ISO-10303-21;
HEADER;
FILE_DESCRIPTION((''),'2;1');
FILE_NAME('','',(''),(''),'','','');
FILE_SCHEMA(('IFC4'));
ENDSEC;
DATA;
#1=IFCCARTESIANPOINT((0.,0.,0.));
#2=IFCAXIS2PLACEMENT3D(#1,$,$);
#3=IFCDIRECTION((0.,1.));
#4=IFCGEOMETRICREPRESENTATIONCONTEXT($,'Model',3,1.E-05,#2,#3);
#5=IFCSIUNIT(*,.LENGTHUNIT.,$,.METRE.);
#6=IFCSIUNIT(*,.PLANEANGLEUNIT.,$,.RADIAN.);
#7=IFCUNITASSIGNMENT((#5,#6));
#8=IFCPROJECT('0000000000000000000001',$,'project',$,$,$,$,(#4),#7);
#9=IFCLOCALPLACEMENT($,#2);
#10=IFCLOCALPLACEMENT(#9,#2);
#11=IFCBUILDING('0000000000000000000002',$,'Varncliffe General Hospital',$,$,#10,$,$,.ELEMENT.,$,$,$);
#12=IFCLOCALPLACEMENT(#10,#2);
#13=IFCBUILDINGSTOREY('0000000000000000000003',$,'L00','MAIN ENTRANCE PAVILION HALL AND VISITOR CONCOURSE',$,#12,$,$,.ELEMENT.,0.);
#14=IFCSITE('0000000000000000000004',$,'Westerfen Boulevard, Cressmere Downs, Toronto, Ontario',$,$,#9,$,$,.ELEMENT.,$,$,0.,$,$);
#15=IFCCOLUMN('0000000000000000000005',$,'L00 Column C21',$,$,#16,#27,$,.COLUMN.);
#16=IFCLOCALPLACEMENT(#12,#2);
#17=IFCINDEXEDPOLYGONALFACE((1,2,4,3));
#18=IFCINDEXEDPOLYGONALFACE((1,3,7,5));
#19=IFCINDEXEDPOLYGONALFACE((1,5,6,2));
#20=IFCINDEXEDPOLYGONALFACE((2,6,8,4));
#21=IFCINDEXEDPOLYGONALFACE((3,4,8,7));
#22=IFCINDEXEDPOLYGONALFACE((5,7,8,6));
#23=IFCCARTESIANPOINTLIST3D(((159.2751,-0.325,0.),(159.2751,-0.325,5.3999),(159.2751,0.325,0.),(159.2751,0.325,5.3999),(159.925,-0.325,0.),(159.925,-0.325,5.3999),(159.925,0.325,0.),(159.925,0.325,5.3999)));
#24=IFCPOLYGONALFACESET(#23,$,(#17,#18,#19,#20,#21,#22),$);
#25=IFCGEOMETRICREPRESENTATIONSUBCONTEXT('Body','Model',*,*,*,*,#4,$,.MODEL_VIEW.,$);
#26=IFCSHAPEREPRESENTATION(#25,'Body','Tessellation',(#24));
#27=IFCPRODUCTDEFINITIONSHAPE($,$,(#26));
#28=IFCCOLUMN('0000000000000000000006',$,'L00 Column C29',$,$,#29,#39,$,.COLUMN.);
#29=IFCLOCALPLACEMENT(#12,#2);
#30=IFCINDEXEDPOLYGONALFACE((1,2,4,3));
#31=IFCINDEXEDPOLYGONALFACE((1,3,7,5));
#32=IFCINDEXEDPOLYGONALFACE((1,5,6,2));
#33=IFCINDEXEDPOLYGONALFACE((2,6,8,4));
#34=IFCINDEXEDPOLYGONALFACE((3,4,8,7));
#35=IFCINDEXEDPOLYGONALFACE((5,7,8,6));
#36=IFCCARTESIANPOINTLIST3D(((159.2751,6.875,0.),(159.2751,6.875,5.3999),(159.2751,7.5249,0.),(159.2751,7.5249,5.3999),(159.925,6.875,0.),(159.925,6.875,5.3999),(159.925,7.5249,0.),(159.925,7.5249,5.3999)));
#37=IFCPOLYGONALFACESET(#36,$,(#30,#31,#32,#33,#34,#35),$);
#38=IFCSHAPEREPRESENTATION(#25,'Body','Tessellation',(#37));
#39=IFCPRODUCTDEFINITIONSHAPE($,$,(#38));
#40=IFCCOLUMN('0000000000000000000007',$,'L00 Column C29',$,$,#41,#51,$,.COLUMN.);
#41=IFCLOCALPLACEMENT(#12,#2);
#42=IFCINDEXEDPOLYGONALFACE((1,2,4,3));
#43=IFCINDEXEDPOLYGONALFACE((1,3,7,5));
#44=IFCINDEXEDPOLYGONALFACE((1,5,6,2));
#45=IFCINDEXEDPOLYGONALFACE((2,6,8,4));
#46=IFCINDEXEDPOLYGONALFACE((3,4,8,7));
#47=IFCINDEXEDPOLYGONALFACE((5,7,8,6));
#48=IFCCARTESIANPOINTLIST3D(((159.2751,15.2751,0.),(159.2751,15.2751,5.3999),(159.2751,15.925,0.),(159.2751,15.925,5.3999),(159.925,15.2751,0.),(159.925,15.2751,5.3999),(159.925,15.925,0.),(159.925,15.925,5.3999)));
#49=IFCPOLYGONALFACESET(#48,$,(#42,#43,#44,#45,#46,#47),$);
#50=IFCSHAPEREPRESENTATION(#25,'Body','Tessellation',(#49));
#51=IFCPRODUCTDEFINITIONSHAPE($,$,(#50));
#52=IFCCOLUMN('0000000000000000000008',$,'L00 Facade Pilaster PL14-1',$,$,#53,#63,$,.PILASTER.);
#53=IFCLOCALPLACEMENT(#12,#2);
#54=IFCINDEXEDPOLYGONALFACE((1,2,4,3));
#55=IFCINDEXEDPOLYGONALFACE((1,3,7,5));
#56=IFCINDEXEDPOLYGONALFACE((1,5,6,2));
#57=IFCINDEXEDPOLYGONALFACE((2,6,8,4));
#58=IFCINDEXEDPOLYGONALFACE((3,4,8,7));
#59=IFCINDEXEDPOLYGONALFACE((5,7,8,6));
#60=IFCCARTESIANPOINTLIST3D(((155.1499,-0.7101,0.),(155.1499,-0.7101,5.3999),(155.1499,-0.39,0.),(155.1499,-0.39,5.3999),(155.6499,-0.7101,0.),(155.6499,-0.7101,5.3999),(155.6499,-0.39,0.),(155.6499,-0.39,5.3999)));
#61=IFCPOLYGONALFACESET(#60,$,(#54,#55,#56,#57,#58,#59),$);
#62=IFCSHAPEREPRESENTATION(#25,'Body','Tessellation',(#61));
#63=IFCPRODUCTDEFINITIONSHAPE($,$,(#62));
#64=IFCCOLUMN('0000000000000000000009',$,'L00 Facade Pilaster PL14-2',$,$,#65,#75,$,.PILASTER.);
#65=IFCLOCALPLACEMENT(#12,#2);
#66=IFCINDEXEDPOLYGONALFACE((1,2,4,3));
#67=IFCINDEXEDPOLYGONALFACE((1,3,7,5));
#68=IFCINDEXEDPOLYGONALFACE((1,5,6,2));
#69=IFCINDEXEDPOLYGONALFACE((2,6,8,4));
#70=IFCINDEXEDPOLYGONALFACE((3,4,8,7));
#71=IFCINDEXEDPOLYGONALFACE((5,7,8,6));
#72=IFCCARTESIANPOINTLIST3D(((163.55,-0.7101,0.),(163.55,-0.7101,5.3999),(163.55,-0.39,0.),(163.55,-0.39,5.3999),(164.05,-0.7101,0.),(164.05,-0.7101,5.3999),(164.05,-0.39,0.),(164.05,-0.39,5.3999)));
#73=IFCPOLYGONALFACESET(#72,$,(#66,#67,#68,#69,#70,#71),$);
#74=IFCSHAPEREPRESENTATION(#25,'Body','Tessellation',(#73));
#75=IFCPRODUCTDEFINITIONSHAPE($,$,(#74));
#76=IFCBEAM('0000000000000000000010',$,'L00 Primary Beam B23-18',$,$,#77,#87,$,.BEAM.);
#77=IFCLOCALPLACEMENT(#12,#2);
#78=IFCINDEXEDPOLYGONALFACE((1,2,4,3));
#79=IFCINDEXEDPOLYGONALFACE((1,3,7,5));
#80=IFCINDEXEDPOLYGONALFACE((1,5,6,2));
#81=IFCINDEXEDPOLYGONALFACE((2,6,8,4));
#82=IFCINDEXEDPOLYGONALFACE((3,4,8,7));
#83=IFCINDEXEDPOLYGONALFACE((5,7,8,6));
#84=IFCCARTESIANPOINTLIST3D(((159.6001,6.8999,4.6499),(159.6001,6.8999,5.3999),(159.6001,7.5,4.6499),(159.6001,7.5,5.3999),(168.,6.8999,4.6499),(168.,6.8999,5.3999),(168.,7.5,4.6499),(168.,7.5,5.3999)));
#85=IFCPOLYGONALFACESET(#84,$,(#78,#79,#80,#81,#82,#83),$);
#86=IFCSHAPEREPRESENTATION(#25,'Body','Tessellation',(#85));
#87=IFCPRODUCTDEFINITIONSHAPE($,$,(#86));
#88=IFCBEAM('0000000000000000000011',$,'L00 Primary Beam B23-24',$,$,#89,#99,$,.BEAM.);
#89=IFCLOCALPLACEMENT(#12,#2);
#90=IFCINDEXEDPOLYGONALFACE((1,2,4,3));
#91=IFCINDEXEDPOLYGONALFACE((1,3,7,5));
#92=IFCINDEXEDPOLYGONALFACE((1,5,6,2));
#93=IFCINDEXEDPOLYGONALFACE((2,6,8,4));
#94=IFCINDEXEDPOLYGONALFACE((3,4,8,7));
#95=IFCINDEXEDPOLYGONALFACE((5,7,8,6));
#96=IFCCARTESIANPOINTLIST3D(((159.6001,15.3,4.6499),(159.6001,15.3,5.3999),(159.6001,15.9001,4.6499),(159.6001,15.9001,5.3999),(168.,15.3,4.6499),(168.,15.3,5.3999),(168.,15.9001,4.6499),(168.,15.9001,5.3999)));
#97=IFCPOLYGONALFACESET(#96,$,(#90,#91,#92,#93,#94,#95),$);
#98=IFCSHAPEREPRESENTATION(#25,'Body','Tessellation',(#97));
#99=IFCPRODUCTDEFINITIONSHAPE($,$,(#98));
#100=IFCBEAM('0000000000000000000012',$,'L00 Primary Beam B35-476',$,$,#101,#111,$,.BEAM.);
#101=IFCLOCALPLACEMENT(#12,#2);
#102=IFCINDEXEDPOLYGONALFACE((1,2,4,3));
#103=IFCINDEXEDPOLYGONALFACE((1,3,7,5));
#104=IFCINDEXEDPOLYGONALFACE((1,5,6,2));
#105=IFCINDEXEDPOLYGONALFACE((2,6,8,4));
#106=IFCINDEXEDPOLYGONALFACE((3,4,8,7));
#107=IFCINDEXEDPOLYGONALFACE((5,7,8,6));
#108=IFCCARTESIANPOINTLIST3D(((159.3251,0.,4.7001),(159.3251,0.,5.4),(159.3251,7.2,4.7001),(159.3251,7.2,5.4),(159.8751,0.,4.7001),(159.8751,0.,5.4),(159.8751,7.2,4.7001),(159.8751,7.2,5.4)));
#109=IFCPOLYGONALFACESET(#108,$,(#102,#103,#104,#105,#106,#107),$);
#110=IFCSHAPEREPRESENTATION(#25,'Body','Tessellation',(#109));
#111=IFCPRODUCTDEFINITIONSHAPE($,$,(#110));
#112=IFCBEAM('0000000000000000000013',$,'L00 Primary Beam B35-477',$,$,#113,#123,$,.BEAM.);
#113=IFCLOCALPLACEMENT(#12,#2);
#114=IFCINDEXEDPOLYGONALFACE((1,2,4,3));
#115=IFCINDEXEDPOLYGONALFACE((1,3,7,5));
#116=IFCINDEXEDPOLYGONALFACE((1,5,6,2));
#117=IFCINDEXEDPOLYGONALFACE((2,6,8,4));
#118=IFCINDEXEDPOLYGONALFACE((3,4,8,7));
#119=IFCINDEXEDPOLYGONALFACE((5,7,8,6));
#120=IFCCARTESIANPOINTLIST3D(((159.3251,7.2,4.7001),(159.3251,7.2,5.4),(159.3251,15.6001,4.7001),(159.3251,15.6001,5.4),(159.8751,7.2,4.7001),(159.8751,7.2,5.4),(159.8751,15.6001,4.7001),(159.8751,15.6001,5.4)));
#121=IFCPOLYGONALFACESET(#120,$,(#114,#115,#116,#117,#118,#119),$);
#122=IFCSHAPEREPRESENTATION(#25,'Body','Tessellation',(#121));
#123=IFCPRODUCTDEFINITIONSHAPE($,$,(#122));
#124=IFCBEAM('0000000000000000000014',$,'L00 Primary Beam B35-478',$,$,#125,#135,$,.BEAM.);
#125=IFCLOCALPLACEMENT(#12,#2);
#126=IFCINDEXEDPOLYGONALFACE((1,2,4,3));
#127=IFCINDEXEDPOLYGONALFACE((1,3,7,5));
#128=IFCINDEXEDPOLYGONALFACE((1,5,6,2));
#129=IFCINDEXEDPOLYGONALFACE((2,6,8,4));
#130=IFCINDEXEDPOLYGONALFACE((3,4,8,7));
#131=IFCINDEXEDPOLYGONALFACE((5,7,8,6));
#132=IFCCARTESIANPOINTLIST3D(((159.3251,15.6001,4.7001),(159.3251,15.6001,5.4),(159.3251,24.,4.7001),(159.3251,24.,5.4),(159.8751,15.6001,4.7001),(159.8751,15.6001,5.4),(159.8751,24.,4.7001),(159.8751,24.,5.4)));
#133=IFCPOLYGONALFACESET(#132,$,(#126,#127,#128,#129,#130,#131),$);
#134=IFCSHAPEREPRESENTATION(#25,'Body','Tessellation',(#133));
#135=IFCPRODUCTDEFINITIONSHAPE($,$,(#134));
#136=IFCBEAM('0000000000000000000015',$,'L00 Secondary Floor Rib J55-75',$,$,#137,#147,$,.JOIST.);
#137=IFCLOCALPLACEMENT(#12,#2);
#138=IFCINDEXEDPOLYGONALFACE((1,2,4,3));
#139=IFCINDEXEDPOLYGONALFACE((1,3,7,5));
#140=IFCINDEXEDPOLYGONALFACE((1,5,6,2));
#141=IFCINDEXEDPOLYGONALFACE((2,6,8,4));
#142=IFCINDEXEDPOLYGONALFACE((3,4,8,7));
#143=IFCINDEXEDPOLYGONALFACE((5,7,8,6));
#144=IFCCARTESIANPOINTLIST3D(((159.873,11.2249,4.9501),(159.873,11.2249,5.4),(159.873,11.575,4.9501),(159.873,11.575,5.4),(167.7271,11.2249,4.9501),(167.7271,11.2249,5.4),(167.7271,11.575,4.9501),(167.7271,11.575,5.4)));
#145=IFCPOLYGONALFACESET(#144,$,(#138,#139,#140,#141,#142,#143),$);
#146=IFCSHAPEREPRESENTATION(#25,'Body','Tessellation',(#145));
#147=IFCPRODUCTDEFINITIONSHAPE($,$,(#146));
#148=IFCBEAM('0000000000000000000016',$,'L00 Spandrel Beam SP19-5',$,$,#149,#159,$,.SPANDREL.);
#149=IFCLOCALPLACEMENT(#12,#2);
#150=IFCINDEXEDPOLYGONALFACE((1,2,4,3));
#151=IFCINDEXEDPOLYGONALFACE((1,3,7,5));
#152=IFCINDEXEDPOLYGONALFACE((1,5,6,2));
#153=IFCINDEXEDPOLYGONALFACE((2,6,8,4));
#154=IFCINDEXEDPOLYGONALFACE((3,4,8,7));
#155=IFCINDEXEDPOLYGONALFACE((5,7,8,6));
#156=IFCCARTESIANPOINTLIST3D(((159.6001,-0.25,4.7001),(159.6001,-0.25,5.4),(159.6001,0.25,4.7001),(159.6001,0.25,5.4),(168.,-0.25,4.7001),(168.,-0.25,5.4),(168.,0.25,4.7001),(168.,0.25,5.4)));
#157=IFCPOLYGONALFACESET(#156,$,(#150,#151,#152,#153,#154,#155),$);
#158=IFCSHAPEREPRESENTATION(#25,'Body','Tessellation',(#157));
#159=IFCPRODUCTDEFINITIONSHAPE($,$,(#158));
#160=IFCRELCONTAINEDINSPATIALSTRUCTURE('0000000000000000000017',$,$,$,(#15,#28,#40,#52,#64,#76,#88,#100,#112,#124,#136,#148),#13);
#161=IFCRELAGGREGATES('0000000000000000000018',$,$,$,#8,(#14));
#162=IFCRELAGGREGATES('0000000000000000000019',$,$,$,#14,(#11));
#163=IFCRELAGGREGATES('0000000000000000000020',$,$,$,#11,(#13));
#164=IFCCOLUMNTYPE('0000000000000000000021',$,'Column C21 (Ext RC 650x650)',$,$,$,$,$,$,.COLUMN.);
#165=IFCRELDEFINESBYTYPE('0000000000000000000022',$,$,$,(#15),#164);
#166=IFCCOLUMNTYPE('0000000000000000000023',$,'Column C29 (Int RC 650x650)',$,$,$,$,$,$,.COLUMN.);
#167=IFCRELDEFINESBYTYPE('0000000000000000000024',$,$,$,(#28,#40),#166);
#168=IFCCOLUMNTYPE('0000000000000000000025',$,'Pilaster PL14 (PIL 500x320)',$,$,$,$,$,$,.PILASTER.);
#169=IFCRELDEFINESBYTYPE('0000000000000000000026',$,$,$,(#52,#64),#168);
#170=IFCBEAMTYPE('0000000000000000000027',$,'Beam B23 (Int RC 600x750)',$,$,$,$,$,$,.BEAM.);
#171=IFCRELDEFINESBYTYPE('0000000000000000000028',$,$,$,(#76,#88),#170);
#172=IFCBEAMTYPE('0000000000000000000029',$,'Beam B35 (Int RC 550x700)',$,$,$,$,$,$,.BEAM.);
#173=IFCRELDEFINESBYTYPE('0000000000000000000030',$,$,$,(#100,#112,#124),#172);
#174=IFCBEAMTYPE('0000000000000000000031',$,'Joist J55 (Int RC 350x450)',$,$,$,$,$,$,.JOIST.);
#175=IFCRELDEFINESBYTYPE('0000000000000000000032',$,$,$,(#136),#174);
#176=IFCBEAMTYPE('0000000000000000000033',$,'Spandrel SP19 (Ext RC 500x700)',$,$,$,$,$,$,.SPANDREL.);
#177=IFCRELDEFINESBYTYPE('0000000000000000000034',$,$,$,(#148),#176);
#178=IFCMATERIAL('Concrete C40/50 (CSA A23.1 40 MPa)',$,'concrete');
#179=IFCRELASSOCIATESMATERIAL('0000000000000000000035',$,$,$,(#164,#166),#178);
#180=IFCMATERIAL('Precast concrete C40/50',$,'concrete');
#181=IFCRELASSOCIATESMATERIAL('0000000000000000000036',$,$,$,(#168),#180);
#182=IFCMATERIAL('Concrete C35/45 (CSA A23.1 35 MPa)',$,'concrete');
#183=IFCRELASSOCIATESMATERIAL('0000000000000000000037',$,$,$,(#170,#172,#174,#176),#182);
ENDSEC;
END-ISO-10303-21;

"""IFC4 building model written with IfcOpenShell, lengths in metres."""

from ifc_helpers import new_model, si_unit, direction, frame, origin, origin_2d, place, context, subcontext, project, spatial, rectangle, extrude, material, material_profile, profile_set, type_object, element, save


model = new_model("IFC4")

# Units and contexts
model_context = context("Model", 3, precision=1e-05, world=origin(), true_north=direction((0.0, 1.0)))
body_context = subcontext(model_context, "Body", "Model", "MODEL_VIEW")
ifc_project = project(units=[si_unit("LENGTHUNIT", "METRE"), si_unit("PLANEANGLEUNIT", "RADIAN")], contexts=[model_context])

# Site, building, storey
site_placement = place(None, origin())
site = spatial("IfcSite", under=ifc_project, at=site_placement, Name="Westerfen Boulevard, Cressmere Downs, Toronto, Ontario", CompositionType="ELEMENT", RefElevation=0.0)
building_placement = place(site_placement, origin())
building = spatial("IfcBuilding", under=site, at=building_placement, Name="Varncliffe General Hospital", CompositionType="ELEMENT")
storey_placement = place(building_placement, origin())
storey = spatial("IfcBuildingStorey", under=building, at=storey_placement, Name="L00", Description="MAIN ENTRANCE PAVILION HALL AND VISITOR CONCOURSE", CompositionType="ELEMENT", Elevation=0.0)

# Columns
ifc_material_1 = material(Name="Concrete C40/50 (CSA A23.1 40 MPa)", Category="concrete")
ifc_material_profile_1 = material_profile(ifc_material_1, rectangle(XDim=0.6499, YDim=0.6499, at=origin_2d()), Name="RC 650x650")
ifc_profile_set_1 = profile_set([ifc_material_profile_1], Name="Concrete C40/50 (CSA A23.1 40 MPa)")
column_type_1 = type_object("IfcColumnType", Name="Column C21 (Ext RC 650x650)", PredefinedType="COLUMN", material=ifc_profile_set_1)
column_placement = place(storey_placement, frame((159.6001, 0.0, 0.0), z_axis=(0.0, 0.0, 1.0), x_axis=(1.0, 0.0, 0.0)))
element("IfcColumn", 1, at=column_placement, inside=storey, type_object=column_type_1, Name="L00 Column C21", PredefinedType="COLUMN", context=body_context, shape_type="SweptSolid", body=[
    extrude(rectangle(XDim=0.6499, YDim=0.6499, at=origin_2d()), origin(), (0.0, 0.0, 1.0), 5.3999),
])
ifc_material_profile_2 = material_profile(ifc_material_1, rectangle(XDim=0.6499, YDim=0.6499, at=origin_2d()), Name="RC 650x650")
ifc_profile_set_2 = profile_set([ifc_material_profile_2], Name="Concrete C40/50 (CSA A23.1 40 MPa)")
column_type_2 = type_object("IfcColumnType", Name="Column C29 (Int RC 650x650)", PredefinedType="COLUMN", material=ifc_profile_set_2)
for number, where, z_axis, x_axis, name in (
    (2, (159.6001, 7.2, 0.0), (0.0, 0.0, 1.0), (1.0, 0.0, 0.0), "L00 Column C29"),
    (3, (159.6001, 15.6001, 0.0), (0.0, 0.0, 1.0), (1.0, 0.0, 0.0), "L00 Column C29"),
):
    element("IfcColumn", number, at=place(storey_placement, frame(where, z_axis=z_axis, x_axis=x_axis)), inside=storey, type_object=column_type_2, Name=name, PredefinedType="COLUMN", context=body_context, shape_type="SweptSolid", body=[
        extrude(rectangle(XDim=0.6499, YDim=0.6499, at=origin_2d()), origin(), (0.0, 0.0, 1.0), 5.3999),
    ])
ifc_material_2 = material(Name="Precast concrete C40/50", Category="concrete")
ifc_material_profile_3 = material_profile(ifc_material_2, rectangle(XDim=0.5, YDim=0.3201, at=origin_2d()), Name="PIL 500x320")
ifc_profile_set_3 = profile_set([ifc_material_profile_3], Name="Precast concrete C40/50")
column_type_3 = type_object("IfcColumnType", Name="Pilaster PL14 (PIL 500x320)", PredefinedType="PILASTER", material=ifc_profile_set_3)
for number, where, z_axis, x_axis, name in (
    (4, (155.3999, -0.55, 0.0), (0.0, 0.0, 1.0), (1.0, 0.0, 0.0), "L00 Facade Pilaster PL14-1"),
    (5, (163.8, -0.55, 0.0), (0.0, 0.0, 1.0), (1.0, 0.0, 0.0), "L00 Facade Pilaster PL14-2"),
):
    element("IfcColumn", number, at=place(storey_placement, frame(where, z_axis=z_axis, x_axis=x_axis)), inside=storey, type_object=column_type_3, Name=name, PredefinedType="PILASTER", context=body_context, shape_type="SweptSolid", body=[
        extrude(rectangle(XDim=0.5, YDim=0.3201, at=origin_2d()), origin(), (0.0, 0.0, 1.0), 5.3999),
    ])

# Beams
ifc_material_3 = material(Name="Concrete C35/45 (CSA A23.1 35 MPa)", Category="concrete")
ifc_material_profile_4 = material_profile(ifc_material_3, rectangle(XDim=0.6001, YDim=0.75, at=origin_2d()), Name="RC 600x750")
ifc_profile_set_4 = profile_set([ifc_material_profile_4], Name="Concrete C35/45 (CSA A23.1 35 MPa)")
beam_type_1 = type_object("IfcBeamType", Name="Beam B23 (Int RC 600x750)", PredefinedType="BEAM", material=ifc_profile_set_4)
for number, where, z_axis, x_axis, name in (
    (6, (159.6001, 7.2, 5.0249), (1.0, 0.0, 0.0), (0.0, 1.0, 0.0), "L00 Primary Beam B23-18"),
    (7, (159.6001, 15.6001, 5.0249), (1.0, 0.0, 0.0), (0.0, 1.0, 0.0), "L00 Primary Beam B23-24"),
):
    element("IfcBeam", number, at=place(storey_placement, frame(where, z_axis=z_axis, x_axis=x_axis)), inside=storey, type_object=beam_type_1, Name=name, PredefinedType="BEAM", context=body_context, shape_type="SweptSolid", body=[
        extrude(rectangle(XDim=0.6001, YDim=0.75, at=origin_2d()), origin(), (0.0, 0.0, 1.0), 8.3999),
    ])
ifc_material_profile_5 = material_profile(ifc_material_3, rectangle(XDim=0.55, YDim=0.7, at=origin_2d()), Name="RC 550x700")
ifc_profile_set_5 = profile_set([ifc_material_profile_5], Name="Concrete C35/45 (CSA A23.1 35 MPa)")
beam_type_2 = type_object("IfcBeamType", Name="Beam B35 (Int RC 550x700)", PredefinedType="BEAM", material=ifc_profile_set_5)
beam_1_placement = place(storey_placement, frame((159.6001, 0.0, 5.05), z_axis=(0.0, 1.0, 0.0), x_axis=(-1.0, 0.0, 0.0)))
element("IfcBeam", 8, at=beam_1_placement, inside=storey, type_object=beam_type_2, Name="L00 Primary Beam B35-476", PredefinedType="BEAM", context=body_context, shape_type="SweptSolid", body=[
    extrude(rectangle(XDim=0.55, YDim=0.7, at=origin_2d()), origin(), (0.0, 0.0, 1.0), 7.2),
])
beam_2_placement = place(storey_placement, frame((159.6001, 7.2, 5.05), z_axis=(0.0, 1.0, 0.0), x_axis=(-1.0, 0.0, 0.0)))
element("IfcBeam", 9, at=beam_2_placement, inside=storey, type_object=beam_type_2, Name="L00 Primary Beam B35-477", PredefinedType="BEAM", context=body_context, shape_type="SweptSolid", body=[
    extrude(rectangle(XDim=0.55, YDim=0.7, at=origin_2d()), origin(), (0.0, 0.0, 1.0), 8.4001),
])
beam_3_placement = place(storey_placement, frame((159.6001, 15.6001, 5.05), z_axis=(0.0, 1.0, 0.0), x_axis=(-1.0, 0.0, 0.0)))
element("IfcBeam", 10, at=beam_3_placement, inside=storey, type_object=beam_type_2, Name="L00 Primary Beam B35-478", PredefinedType="BEAM", context=body_context, shape_type="SweptSolid", body=[
    extrude(rectangle(XDim=0.55, YDim=0.7, at=origin_2d()), origin(), (0.0, 0.0, 1.0), 8.3999),
])
ifc_material_profile_6 = material_profile(ifc_material_3, rectangle(XDim=0.3501, YDim=0.45, at=origin_2d()), Name="RC 350x450")
ifc_profile_set_6 = profile_set([ifc_material_profile_6], Name="Concrete C35/45 (CSA A23.1 35 MPa)")
beam_type_3 = type_object("IfcBeamType", Name="Joist J55 (Int RC 350x450)", PredefinedType="JOIST", material=ifc_profile_set_6)
beam_4_placement = place(storey_placement, frame((159.873, 11.3999, 5.175), z_axis=(1.0, 0.0, 0.0), x_axis=(0.0, 1.0, 0.0)))
element("IfcBeam", 11, at=beam_4_placement, inside=storey, type_object=beam_type_3, Name="L00 Secondary Floor Rib J55-75", PredefinedType="JOIST", context=body_context, shape_type="SweptSolid", body=[
    extrude(rectangle(XDim=0.3501, YDim=0.45, at=origin_2d()), origin(), (0.0, 0.0, 1.0), 7.854),
])
ifc_material_profile_7 = material_profile(ifc_material_3, rectangle(XDim=0.5, YDim=0.7, at=origin_2d()), Name="RC 500x700")
ifc_profile_set_7 = profile_set([ifc_material_profile_7], Name="Concrete C35/45 (CSA A23.1 35 MPa)")
beam_type_4 = type_object("IfcBeamType", Name="Spandrel SP19 (Ext RC 500x700)", PredefinedType="SPANDREL", material=ifc_profile_set_7)
beam_5_placement = place(storey_placement, frame((159.6001, 0.0, 5.05), z_axis=(1.0, 0.0, 0.0), x_axis=(0.0, 1.0, 0.0)))
element("IfcBeam", 12, at=beam_5_placement, inside=storey, type_object=beam_type_4, Name="L00 Spandrel Beam SP19-5", PredefinedType="SPANDREL", context=body_context, shape_type="SweptSolid", body=[
    extrude(rectangle(XDim=0.5, YDim=0.7, at=origin_2d()), origin(), (0.0, 0.0, 1.0), 8.3999),
])

save(model, "model.ifc")
